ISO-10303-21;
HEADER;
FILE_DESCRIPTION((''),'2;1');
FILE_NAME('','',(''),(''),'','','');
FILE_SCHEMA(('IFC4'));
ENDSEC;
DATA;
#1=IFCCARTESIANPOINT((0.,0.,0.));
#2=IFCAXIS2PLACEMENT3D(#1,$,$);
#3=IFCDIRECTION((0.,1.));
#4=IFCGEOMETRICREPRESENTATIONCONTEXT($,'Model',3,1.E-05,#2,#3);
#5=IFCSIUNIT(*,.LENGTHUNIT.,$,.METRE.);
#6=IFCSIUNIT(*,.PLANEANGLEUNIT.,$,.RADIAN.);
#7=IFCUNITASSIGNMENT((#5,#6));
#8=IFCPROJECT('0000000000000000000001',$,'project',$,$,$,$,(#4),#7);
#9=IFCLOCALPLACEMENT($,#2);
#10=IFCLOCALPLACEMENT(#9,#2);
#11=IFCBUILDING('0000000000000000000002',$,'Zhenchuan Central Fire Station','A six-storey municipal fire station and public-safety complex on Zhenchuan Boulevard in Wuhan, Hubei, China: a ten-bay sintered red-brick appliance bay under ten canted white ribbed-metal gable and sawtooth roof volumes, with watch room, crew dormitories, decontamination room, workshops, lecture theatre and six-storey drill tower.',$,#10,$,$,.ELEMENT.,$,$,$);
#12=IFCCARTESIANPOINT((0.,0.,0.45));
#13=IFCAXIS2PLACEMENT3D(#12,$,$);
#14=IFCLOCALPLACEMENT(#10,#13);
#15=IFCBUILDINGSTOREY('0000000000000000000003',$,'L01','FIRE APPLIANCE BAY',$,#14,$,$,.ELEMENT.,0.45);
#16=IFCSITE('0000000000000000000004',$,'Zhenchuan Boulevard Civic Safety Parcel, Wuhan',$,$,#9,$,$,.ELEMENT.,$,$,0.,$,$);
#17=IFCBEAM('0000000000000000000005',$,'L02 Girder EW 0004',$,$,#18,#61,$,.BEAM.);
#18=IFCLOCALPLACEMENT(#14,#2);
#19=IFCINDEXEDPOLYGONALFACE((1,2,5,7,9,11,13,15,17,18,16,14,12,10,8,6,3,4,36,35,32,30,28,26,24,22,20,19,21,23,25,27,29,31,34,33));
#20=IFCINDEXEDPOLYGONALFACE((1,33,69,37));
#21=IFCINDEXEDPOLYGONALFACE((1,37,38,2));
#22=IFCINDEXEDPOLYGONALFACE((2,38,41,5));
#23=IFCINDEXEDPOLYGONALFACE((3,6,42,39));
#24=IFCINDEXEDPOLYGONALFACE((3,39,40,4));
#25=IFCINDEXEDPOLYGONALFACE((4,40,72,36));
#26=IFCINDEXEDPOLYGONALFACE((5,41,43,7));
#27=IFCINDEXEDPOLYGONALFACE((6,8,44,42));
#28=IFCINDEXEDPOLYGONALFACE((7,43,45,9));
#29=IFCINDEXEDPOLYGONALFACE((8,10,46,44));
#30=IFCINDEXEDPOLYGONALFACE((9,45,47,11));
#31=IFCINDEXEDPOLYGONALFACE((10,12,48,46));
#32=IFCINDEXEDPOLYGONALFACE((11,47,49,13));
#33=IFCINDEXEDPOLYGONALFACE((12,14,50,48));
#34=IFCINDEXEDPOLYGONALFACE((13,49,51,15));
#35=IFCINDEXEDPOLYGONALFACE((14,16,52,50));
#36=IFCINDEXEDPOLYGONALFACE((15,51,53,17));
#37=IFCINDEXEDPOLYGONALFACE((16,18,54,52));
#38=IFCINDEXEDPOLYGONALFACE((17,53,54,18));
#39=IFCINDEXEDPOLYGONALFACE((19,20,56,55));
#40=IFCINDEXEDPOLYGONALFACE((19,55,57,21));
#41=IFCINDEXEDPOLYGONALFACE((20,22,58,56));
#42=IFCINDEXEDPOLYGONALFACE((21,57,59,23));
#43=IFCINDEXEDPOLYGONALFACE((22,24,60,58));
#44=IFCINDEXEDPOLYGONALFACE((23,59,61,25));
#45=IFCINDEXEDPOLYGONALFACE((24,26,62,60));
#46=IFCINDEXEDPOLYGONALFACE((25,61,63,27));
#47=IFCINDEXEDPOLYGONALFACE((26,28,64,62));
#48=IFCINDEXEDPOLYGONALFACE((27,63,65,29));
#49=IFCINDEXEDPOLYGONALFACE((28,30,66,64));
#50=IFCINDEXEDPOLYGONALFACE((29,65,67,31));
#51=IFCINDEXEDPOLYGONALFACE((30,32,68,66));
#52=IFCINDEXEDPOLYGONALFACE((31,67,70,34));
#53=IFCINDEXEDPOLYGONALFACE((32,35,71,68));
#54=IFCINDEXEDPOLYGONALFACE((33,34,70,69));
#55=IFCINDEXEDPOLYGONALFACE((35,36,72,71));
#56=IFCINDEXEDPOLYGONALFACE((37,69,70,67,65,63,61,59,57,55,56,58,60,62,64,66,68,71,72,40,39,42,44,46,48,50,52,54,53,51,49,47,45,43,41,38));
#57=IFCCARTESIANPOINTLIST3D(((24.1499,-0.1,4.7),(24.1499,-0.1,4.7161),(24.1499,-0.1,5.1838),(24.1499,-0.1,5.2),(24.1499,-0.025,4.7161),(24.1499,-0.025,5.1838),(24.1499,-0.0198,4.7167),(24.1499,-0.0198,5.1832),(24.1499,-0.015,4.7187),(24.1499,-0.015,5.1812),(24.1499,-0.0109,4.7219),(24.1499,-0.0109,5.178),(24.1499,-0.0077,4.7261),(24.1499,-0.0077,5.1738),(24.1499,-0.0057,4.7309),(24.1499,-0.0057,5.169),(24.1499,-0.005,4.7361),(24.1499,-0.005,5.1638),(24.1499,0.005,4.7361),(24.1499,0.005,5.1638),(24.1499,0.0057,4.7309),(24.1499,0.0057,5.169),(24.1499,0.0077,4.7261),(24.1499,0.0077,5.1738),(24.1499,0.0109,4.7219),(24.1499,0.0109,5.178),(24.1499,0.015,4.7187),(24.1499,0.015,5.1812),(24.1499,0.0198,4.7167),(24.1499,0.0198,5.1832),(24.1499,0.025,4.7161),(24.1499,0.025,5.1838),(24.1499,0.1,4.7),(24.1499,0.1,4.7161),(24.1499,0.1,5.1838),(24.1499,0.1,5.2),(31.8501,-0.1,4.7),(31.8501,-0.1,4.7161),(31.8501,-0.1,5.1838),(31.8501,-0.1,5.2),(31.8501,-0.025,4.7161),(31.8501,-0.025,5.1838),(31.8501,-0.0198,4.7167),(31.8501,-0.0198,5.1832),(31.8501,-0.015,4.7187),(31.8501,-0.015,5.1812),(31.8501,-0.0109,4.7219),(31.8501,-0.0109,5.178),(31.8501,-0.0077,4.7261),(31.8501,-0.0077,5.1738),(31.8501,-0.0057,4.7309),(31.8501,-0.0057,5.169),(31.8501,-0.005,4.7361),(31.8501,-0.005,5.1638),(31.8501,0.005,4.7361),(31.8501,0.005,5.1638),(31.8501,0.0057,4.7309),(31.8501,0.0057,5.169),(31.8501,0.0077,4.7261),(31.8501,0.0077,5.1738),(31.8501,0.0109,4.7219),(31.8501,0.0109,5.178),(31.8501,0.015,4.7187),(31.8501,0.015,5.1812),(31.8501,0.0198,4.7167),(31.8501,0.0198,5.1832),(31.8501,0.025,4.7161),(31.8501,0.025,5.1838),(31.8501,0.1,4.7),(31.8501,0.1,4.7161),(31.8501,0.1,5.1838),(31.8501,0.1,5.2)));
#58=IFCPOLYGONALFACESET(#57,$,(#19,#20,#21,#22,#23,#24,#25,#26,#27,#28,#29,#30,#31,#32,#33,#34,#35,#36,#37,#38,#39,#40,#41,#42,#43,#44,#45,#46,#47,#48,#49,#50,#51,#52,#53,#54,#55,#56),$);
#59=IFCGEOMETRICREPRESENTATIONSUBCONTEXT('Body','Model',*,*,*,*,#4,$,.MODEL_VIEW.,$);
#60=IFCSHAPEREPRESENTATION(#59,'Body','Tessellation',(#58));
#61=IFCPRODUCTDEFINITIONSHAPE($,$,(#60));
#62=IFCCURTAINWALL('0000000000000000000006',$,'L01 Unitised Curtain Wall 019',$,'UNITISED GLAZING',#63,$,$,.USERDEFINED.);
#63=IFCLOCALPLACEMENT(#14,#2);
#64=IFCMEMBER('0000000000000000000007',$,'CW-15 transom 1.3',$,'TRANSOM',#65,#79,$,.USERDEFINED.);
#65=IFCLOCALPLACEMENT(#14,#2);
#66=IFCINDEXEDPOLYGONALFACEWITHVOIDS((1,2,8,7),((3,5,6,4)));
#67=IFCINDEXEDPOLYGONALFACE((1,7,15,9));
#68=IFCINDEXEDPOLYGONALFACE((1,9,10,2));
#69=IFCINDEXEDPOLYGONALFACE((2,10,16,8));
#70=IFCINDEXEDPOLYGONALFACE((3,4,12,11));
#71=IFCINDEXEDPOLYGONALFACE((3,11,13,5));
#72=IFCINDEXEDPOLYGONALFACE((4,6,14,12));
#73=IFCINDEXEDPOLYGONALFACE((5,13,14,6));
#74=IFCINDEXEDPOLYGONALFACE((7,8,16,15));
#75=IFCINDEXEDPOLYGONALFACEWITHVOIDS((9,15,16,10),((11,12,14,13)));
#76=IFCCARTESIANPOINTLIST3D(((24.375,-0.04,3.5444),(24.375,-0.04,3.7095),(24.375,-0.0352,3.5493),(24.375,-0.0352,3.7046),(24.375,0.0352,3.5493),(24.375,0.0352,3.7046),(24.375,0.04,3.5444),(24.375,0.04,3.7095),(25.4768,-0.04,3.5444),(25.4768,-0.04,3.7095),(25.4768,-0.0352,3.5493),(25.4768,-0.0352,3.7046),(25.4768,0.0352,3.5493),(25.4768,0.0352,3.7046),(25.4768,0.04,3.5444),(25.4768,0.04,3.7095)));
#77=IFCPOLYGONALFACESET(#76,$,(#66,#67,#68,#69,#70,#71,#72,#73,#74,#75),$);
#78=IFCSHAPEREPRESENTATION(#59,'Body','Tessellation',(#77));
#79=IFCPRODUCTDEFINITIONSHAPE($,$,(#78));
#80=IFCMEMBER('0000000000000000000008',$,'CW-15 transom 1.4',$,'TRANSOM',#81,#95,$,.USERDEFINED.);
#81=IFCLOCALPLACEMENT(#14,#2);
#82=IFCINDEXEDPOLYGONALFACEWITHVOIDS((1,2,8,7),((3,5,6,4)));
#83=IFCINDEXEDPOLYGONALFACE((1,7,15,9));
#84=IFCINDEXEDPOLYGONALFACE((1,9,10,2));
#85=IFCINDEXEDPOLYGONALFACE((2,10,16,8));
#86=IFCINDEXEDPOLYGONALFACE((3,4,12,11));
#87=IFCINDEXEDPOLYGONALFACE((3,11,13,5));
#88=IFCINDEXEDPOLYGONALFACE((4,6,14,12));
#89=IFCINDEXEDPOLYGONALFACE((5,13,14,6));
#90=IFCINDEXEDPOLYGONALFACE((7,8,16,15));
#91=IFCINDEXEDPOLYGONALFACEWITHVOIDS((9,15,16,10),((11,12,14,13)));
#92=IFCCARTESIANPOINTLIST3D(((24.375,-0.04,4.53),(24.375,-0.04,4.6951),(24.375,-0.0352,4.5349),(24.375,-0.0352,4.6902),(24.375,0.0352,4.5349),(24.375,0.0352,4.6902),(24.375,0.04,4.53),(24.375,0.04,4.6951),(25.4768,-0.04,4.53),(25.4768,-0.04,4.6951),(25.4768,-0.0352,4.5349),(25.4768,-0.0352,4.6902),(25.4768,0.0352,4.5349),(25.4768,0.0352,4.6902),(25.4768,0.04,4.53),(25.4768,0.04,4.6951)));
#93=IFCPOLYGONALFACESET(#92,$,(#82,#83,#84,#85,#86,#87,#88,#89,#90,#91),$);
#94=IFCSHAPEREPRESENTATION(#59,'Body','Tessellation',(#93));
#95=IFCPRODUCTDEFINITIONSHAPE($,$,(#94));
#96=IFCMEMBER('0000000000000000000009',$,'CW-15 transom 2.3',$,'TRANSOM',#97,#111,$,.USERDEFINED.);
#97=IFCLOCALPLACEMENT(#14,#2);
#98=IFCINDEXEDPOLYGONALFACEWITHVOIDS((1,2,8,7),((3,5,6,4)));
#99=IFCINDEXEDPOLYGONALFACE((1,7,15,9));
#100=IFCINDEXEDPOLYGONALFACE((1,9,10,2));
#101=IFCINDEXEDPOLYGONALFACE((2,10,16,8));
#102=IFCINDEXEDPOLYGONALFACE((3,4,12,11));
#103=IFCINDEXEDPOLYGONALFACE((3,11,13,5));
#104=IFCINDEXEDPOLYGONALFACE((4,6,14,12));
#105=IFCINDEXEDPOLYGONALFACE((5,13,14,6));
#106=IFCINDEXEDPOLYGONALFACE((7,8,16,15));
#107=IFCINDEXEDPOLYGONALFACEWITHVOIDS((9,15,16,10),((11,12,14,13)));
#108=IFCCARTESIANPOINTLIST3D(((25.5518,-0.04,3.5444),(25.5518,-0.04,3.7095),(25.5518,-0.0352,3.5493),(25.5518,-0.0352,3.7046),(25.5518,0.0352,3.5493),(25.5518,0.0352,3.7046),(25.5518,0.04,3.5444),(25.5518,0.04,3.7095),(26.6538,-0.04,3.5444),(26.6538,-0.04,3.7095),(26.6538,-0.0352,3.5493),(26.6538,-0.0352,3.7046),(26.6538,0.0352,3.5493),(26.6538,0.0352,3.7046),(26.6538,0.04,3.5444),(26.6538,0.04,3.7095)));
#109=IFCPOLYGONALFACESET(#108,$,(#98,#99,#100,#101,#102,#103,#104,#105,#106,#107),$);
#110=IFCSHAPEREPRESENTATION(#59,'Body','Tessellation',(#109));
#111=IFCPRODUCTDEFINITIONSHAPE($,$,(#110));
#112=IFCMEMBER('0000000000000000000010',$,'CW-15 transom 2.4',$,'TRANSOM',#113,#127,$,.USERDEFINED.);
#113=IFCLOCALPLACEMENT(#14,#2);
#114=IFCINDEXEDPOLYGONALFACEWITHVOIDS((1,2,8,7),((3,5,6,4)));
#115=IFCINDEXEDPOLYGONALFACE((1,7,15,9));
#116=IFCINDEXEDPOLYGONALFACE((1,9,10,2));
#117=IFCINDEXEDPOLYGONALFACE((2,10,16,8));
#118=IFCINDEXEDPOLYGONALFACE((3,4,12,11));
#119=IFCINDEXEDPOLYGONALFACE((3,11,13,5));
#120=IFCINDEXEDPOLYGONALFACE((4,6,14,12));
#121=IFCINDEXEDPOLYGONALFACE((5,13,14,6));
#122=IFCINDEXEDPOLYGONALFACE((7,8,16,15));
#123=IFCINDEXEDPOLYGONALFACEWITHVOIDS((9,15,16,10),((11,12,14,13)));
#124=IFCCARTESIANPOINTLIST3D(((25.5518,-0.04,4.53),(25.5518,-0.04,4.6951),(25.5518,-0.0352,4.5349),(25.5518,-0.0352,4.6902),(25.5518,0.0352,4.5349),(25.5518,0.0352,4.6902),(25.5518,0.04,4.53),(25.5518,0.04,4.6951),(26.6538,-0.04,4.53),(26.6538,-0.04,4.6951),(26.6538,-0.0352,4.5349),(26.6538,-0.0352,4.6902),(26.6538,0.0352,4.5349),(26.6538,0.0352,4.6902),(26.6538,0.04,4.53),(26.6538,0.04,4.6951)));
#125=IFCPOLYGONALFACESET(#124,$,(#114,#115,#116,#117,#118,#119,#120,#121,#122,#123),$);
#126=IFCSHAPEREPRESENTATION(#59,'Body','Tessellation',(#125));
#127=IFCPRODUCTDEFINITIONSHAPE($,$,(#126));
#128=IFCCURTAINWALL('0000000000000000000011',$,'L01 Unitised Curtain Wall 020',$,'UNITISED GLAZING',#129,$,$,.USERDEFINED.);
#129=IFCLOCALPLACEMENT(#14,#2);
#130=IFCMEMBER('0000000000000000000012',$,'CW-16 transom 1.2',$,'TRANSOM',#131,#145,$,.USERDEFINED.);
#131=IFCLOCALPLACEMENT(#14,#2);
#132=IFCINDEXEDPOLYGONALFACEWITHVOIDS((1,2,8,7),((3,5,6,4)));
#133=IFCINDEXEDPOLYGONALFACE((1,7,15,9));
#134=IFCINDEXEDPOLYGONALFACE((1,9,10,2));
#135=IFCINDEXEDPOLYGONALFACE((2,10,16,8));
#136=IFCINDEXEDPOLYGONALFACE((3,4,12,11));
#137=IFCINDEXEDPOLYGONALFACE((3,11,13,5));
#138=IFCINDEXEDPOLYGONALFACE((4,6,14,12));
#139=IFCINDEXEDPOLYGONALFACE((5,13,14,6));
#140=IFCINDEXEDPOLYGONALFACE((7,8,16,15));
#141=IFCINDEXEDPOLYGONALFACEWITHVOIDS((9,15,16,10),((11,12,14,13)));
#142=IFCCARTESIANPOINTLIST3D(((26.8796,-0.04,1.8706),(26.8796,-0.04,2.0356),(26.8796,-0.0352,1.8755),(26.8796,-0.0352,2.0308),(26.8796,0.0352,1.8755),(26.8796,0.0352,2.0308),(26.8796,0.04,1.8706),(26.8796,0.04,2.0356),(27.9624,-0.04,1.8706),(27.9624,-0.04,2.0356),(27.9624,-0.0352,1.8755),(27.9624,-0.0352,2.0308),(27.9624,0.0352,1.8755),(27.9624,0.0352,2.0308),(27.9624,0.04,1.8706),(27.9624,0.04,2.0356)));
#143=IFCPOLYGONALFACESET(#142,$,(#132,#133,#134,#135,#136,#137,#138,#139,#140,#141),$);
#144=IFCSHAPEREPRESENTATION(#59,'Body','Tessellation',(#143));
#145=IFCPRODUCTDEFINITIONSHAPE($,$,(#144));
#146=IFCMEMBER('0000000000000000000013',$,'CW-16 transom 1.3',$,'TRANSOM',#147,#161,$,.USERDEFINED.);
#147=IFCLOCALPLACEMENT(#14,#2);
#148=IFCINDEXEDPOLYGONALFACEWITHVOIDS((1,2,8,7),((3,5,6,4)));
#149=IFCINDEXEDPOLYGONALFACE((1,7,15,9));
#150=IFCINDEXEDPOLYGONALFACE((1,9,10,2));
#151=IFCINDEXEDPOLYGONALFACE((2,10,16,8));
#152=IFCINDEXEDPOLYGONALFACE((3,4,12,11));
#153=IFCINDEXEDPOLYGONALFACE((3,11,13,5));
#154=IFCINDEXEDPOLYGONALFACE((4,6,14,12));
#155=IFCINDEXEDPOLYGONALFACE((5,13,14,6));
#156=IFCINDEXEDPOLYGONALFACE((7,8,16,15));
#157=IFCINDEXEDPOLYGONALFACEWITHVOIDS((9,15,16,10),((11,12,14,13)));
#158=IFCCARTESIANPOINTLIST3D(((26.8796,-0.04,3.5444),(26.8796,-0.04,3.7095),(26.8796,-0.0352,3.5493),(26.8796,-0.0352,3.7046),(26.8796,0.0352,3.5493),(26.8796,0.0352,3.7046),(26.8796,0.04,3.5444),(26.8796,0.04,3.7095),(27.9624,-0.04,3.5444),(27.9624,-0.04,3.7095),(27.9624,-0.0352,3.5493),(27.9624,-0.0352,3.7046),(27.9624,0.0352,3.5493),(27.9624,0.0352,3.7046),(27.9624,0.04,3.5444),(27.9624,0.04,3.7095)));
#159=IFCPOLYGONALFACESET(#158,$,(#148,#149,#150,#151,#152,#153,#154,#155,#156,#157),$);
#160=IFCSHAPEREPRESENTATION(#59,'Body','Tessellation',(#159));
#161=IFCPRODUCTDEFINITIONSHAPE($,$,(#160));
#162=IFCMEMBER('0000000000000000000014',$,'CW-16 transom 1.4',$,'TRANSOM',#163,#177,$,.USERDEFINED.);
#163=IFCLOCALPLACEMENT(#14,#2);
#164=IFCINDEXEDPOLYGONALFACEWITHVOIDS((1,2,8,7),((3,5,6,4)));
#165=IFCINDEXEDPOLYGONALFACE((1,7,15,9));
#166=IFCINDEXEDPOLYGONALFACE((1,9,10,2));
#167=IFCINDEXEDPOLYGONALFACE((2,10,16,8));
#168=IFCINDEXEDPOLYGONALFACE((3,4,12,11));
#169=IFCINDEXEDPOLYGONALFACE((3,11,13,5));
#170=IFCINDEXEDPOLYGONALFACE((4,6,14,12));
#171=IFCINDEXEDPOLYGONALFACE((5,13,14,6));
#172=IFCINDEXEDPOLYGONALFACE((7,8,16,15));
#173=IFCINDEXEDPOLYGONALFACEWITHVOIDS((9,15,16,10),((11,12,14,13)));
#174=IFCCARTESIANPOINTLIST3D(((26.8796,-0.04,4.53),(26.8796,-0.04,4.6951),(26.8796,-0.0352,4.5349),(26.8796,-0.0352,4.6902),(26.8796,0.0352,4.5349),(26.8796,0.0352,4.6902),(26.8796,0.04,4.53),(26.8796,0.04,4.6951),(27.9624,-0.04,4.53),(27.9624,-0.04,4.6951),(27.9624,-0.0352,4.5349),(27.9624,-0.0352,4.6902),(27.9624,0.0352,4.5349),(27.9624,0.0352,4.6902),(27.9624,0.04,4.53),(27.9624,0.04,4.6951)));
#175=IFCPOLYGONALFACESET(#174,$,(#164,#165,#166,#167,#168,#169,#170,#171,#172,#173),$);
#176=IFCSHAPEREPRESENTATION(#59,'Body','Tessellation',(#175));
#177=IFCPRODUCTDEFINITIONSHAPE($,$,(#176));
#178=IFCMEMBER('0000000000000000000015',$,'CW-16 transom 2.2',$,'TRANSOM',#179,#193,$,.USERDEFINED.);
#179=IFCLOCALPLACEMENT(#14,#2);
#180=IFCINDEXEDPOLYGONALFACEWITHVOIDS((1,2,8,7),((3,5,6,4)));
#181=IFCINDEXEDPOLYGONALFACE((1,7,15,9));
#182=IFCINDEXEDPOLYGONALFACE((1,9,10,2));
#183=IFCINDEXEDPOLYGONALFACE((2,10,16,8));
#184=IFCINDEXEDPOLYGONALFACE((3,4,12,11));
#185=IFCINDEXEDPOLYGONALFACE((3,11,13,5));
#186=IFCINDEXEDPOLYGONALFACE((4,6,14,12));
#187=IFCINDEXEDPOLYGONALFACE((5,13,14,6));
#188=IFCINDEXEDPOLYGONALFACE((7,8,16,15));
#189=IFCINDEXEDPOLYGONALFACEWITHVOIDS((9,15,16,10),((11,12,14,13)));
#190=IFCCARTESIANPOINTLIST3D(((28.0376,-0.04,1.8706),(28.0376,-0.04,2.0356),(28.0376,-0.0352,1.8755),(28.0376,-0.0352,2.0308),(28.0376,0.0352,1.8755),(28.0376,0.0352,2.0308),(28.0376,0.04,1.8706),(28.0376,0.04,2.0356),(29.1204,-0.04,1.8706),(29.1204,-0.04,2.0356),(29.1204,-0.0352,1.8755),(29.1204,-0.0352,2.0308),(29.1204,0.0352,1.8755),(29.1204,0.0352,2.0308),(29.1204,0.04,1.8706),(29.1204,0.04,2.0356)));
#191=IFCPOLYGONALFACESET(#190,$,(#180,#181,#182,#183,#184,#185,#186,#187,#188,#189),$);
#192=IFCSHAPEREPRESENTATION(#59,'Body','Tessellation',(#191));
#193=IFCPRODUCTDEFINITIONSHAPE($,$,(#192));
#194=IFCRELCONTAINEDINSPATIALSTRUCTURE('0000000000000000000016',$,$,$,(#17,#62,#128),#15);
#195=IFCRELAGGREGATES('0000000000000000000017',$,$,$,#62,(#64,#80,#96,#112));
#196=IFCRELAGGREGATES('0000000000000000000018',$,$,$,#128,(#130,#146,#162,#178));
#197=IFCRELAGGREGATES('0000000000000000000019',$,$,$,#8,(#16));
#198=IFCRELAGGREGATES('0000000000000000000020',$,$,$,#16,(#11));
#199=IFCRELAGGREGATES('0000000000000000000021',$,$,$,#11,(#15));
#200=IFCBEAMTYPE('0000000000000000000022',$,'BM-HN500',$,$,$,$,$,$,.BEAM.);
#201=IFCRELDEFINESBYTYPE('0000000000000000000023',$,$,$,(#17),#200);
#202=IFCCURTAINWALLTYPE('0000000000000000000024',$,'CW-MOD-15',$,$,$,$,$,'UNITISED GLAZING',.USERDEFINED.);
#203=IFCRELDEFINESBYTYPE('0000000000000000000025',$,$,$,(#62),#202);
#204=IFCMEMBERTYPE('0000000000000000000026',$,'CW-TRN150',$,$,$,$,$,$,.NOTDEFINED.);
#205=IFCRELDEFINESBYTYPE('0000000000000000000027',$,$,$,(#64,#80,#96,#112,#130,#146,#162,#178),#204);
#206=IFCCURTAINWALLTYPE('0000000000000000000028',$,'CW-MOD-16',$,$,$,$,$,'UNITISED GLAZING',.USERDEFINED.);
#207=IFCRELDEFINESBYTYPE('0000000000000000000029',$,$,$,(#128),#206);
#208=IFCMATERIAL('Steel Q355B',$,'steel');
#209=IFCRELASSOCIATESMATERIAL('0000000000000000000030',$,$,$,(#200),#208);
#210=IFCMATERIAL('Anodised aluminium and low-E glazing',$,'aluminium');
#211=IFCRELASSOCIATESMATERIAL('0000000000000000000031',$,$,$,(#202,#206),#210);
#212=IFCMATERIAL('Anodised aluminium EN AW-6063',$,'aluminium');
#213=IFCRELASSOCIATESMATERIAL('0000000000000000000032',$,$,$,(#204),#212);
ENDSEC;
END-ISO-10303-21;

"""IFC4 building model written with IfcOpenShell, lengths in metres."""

from ifc_helpers import new_model, si_unit, direction, frame, origin, origin_2d, place, context, subcontext, project, spatial, hollow_rectangle, i_section, extrude, material, material_profile, profile_set, type_object, element, aggregate, save


model = new_model("IFC4")

# Units and contexts
model_context = context("Model", 3, precision=1e-05, world=origin(), true_north=direction((0.0, 1.0)))
body_context = subcontext(model_context, "Body", "Model", "MODEL_VIEW")
ifc_project = project(units=[si_unit("LENGTHUNIT", "METRE"), si_unit("PLANEANGLEUNIT", "RADIAN")], contexts=[model_context])

# Site, building, storey
site_placement = place(None, origin())
site = spatial("IfcSite", under=ifc_project, at=site_placement, Name="Zhenchuan Boulevard Civic Safety Parcel, Wuhan", CompositionType="ELEMENT", RefElevation=0.0)
building_placement = place(site_placement, origin())
building = spatial("IfcBuilding", under=site, at=building_placement, Name="Zhenchuan Central Fire Station", Description="A six-storey municipal fire station and public-safety complex on Zhenchuan Boulevard in Wuhan, Hubei, China: a ten-bay sintered red-brick appliance bay under ten canted white ribbed-metal gable and sawtooth roof volumes, with watch room, crew dormitories, decontamination room, workshops, lecture theatre and six-storey drill tower.", CompositionType="ELEMENT")
storey_placement = place(building_placement, frame((0.0, 0.0, 0.45)))
storey = spatial("IfcBuildingStorey", under=building, at=storey_placement, Name="L01", Description="FIRE APPLIANCE BAY", CompositionType="ELEMENT", Elevation=0.45)

# Beam
ifc_material_1 = material(Name="Steel Q355B", Category="steel")
ifc_material_profile_1 = material_profile(ifc_material_1, i_section(OverallWidth=0.2, OverallDepth=0.5, WebThickness=0.01, FlangeThickness=0.0161, FilletRadius=0.02, at=origin_2d()), Name="HN 500x200")
ifc_profile_set_1 = profile_set([ifc_material_profile_1], Name="Steel Q355B")
beam_type = type_object("IfcBeamType", Name="BM-HN500", PredefinedType="BEAM", material=ifc_profile_set_1)
beam_placement = place(storey_placement, frame((24.1499, 0.0, 4.95), z_axis=(1.0, 0.0, 0.0), x_axis=(0.0, 1.0, 0.0)))
element("IfcBeam", 1, at=beam_placement, inside=storey, type_object=beam_type, Name="L02 Girder EW 0004", PredefinedType="BEAM", context=body_context, shape_type="SweptSolid", body=[
    extrude(i_section(OverallWidth=0.2, OverallDepth=0.5, WebThickness=0.01, FlangeThickness=0.0161, FilletRadius=0.02, at=origin_2d()), origin(), (0.0, 0.0, 1.0), 7.7002),
])

# Curtain walls, members
ifc_material_2 = material(Name="Anodised aluminium and low-E glazing", Category="aluminium")
curtain_wall_type_1 = type_object("IfcCurtainWallType", Name="CW-MOD-15", ElementType="UNITISED GLAZING", PredefinedType="USERDEFINED", material=ifc_material_2)
curtain_wall_1_placement = place(storey_placement, origin())
curtain_wall_1 = element("IfcCurtainWall", 2, at=curtain_wall_1_placement, inside=storey, type_object=curtain_wall_type_1, Name="L01 Unitised Curtain Wall 019", ObjectType="UNITISED GLAZING", PredefinedType="USERDEFINED")
ifc_material_3 = material(Name="Anodised aluminium EN AW-6063", Category="aluminium")
ifc_material_profile_2 = material_profile(ifc_material_3, hollow_rectangle(XDim=0.0801, YDim=0.165, WallThickness=0.0049, at=origin_2d()), Name="ALU-T 165x80")
ifc_profile_set_2 = profile_set([ifc_material_profile_2], Name="Anodised aluminium EN AW-6063")
member_type = type_object("IfcMemberType", Name="CW-TRN150", PredefinedType="NOTDEFINED", material=ifc_profile_set_2)
member_1_placement = place(storey_placement, frame((24.375, 0.0, 3.627), z_axis=(1.0, 0.0, 0.0), x_axis=(0.0, 1.0, 0.0)))
member_1 = element("IfcMember", 3, at=member_1_placement, type_object=member_type, Name="CW-15 transom 1.3", ObjectType="TRANSOM", PredefinedType="USERDEFINED", context=body_context, shape_type="SweptSolid", body=[
    extrude(hollow_rectangle(XDim=0.0801, YDim=0.165, WallThickness=0.0049, at=origin_2d()), origin(), (0.0, 0.0, 1.0), 1.1018),
])
member_2_placement = place(storey_placement, frame((24.375, 0.0, 4.6125), z_axis=(1.0, 0.0, 0.0), x_axis=(0.0, 1.0, 0.0)))
member_2 = element("IfcMember", 4, at=member_2_placement, type_object=member_type, Name="CW-15 transom 1.4", ObjectType="TRANSOM", PredefinedType="USERDEFINED", context=body_context, shape_type="SweptSolid", body=[
    extrude(hollow_rectangle(XDim=0.0801, YDim=0.165, WallThickness=0.0049, at=origin_2d()), origin(), (0.0, 0.0, 1.0), 1.1018),
])
member_3_placement = place(storey_placement, frame((25.5518, 0.0, 3.627), z_axis=(1.0, 0.0, 0.0), x_axis=(0.0, 1.0, 0.0)))
member_3 = element("IfcMember", 5, at=member_3_placement, type_object=member_type, Name="CW-15 transom 2.3", ObjectType="TRANSOM", PredefinedType="USERDEFINED", context=body_context, shape_type="SweptSolid", body=[
    extrude(hollow_rectangle(XDim=0.0801, YDim=0.165, WallThickness=0.0049, at=origin_2d()), origin(), (0.0, 0.0, 1.0), 1.1021),
])
member_4_placement = place(storey_placement, frame((25.5518, 0.0, 4.6125), z_axis=(1.0, 0.0, 0.0), x_axis=(0.0, 1.0, 0.0)))
member_4 = element("IfcMember", 6, at=member_4_placement, type_object=member_type, Name="CW-15 transom 2.4", ObjectType="TRANSOM", PredefinedType="USERDEFINED", context=body_context, shape_type="SweptSolid", body=[
    extrude(hollow_rectangle(XDim=0.0801, YDim=0.165, WallThickness=0.0049, at=origin_2d()), origin(), (0.0, 0.0, 1.0), 1.1021),
])
curtain_wall_type_2 = type_object("IfcCurtainWallType", Name="CW-MOD-16", ElementType="UNITISED GLAZING", PredefinedType="USERDEFINED", material=ifc_material_2)
curtain_wall_2_placement = place(storey_placement, origin())
curtain_wall_2 = element("IfcCurtainWall", 7, at=curtain_wall_2_placement, inside=storey, type_object=curtain_wall_type_2, Name="L01 Unitised Curtain Wall 020", ObjectType="UNITISED GLAZING", PredefinedType="USERDEFINED")
member_5_placement = place(storey_placement, frame((26.8796, 0.0, 1.9531), z_axis=(1.0, 0.0, 0.0), x_axis=(0.0, 1.0, 0.0)))
member_5 = element("IfcMember", 8, at=member_5_placement, type_object=member_type, Name="CW-16 transom 1.2", ObjectType="TRANSOM", PredefinedType="USERDEFINED", context=body_context, shape_type="SweptSolid", body=[
    extrude(hollow_rectangle(XDim=0.0801, YDim=0.165, WallThickness=0.0049, at=origin_2d()), origin(), (0.0, 0.0, 1.0), 1.0828),
])
member_6_placement = place(storey_placement, frame((26.8796, 0.0, 3.627), z_axis=(1.0, 0.0, 0.0), x_axis=(0.0, 1.0, 0.0)))
member_6 = element("IfcMember", 9, at=member_6_placement, type_object=member_type, Name="CW-16 transom 1.3", ObjectType="TRANSOM", PredefinedType="USERDEFINED", context=body_context, shape_type="SweptSolid", body=[
    extrude(hollow_rectangle(XDim=0.0801, YDim=0.165, WallThickness=0.0049, at=origin_2d()), origin(), (0.0, 0.0, 1.0), 1.0828),
])
member_7_placement = place(storey_placement, frame((26.8796, 0.0, 4.6125), z_axis=(1.0, 0.0, 0.0), x_axis=(0.0, 1.0, 0.0)))
member_7 = element("IfcMember", 10, at=member_7_placement, type_object=member_type, Name="CW-16 transom 1.4", ObjectType="TRANSOM", PredefinedType="USERDEFINED", context=body_context, shape_type="SweptSolid", body=[
    extrude(hollow_rectangle(XDim=0.0801, YDim=0.165, WallThickness=0.0049, at=origin_2d()), origin(), (0.0, 0.0, 1.0), 1.0828),
])
member_8_placement = place(storey_placement, frame((28.0376, 0.0, 1.9531), z_axis=(1.0, 0.0, 0.0), x_axis=(0.0, 1.0, 0.0)))
member_8 = element("IfcMember", 11, at=member_8_placement, type_object=member_type, Name="CW-16 transom 2.2", ObjectType="TRANSOM", PredefinedType="USERDEFINED", context=body_context, shape_type="SweptSolid", body=[
    extrude(hollow_rectangle(XDim=0.0801, YDim=0.165, WallThickness=0.0049, at=origin_2d()), origin(), (0.0, 0.0, 1.0), 1.0828),
])

aggregate(curtain_wall_1, [member_1, member_2, member_3, member_4])
aggregate(curtain_wall_2, [member_5, member_6, member_7, member_8])

save(model, "model.ifc")
